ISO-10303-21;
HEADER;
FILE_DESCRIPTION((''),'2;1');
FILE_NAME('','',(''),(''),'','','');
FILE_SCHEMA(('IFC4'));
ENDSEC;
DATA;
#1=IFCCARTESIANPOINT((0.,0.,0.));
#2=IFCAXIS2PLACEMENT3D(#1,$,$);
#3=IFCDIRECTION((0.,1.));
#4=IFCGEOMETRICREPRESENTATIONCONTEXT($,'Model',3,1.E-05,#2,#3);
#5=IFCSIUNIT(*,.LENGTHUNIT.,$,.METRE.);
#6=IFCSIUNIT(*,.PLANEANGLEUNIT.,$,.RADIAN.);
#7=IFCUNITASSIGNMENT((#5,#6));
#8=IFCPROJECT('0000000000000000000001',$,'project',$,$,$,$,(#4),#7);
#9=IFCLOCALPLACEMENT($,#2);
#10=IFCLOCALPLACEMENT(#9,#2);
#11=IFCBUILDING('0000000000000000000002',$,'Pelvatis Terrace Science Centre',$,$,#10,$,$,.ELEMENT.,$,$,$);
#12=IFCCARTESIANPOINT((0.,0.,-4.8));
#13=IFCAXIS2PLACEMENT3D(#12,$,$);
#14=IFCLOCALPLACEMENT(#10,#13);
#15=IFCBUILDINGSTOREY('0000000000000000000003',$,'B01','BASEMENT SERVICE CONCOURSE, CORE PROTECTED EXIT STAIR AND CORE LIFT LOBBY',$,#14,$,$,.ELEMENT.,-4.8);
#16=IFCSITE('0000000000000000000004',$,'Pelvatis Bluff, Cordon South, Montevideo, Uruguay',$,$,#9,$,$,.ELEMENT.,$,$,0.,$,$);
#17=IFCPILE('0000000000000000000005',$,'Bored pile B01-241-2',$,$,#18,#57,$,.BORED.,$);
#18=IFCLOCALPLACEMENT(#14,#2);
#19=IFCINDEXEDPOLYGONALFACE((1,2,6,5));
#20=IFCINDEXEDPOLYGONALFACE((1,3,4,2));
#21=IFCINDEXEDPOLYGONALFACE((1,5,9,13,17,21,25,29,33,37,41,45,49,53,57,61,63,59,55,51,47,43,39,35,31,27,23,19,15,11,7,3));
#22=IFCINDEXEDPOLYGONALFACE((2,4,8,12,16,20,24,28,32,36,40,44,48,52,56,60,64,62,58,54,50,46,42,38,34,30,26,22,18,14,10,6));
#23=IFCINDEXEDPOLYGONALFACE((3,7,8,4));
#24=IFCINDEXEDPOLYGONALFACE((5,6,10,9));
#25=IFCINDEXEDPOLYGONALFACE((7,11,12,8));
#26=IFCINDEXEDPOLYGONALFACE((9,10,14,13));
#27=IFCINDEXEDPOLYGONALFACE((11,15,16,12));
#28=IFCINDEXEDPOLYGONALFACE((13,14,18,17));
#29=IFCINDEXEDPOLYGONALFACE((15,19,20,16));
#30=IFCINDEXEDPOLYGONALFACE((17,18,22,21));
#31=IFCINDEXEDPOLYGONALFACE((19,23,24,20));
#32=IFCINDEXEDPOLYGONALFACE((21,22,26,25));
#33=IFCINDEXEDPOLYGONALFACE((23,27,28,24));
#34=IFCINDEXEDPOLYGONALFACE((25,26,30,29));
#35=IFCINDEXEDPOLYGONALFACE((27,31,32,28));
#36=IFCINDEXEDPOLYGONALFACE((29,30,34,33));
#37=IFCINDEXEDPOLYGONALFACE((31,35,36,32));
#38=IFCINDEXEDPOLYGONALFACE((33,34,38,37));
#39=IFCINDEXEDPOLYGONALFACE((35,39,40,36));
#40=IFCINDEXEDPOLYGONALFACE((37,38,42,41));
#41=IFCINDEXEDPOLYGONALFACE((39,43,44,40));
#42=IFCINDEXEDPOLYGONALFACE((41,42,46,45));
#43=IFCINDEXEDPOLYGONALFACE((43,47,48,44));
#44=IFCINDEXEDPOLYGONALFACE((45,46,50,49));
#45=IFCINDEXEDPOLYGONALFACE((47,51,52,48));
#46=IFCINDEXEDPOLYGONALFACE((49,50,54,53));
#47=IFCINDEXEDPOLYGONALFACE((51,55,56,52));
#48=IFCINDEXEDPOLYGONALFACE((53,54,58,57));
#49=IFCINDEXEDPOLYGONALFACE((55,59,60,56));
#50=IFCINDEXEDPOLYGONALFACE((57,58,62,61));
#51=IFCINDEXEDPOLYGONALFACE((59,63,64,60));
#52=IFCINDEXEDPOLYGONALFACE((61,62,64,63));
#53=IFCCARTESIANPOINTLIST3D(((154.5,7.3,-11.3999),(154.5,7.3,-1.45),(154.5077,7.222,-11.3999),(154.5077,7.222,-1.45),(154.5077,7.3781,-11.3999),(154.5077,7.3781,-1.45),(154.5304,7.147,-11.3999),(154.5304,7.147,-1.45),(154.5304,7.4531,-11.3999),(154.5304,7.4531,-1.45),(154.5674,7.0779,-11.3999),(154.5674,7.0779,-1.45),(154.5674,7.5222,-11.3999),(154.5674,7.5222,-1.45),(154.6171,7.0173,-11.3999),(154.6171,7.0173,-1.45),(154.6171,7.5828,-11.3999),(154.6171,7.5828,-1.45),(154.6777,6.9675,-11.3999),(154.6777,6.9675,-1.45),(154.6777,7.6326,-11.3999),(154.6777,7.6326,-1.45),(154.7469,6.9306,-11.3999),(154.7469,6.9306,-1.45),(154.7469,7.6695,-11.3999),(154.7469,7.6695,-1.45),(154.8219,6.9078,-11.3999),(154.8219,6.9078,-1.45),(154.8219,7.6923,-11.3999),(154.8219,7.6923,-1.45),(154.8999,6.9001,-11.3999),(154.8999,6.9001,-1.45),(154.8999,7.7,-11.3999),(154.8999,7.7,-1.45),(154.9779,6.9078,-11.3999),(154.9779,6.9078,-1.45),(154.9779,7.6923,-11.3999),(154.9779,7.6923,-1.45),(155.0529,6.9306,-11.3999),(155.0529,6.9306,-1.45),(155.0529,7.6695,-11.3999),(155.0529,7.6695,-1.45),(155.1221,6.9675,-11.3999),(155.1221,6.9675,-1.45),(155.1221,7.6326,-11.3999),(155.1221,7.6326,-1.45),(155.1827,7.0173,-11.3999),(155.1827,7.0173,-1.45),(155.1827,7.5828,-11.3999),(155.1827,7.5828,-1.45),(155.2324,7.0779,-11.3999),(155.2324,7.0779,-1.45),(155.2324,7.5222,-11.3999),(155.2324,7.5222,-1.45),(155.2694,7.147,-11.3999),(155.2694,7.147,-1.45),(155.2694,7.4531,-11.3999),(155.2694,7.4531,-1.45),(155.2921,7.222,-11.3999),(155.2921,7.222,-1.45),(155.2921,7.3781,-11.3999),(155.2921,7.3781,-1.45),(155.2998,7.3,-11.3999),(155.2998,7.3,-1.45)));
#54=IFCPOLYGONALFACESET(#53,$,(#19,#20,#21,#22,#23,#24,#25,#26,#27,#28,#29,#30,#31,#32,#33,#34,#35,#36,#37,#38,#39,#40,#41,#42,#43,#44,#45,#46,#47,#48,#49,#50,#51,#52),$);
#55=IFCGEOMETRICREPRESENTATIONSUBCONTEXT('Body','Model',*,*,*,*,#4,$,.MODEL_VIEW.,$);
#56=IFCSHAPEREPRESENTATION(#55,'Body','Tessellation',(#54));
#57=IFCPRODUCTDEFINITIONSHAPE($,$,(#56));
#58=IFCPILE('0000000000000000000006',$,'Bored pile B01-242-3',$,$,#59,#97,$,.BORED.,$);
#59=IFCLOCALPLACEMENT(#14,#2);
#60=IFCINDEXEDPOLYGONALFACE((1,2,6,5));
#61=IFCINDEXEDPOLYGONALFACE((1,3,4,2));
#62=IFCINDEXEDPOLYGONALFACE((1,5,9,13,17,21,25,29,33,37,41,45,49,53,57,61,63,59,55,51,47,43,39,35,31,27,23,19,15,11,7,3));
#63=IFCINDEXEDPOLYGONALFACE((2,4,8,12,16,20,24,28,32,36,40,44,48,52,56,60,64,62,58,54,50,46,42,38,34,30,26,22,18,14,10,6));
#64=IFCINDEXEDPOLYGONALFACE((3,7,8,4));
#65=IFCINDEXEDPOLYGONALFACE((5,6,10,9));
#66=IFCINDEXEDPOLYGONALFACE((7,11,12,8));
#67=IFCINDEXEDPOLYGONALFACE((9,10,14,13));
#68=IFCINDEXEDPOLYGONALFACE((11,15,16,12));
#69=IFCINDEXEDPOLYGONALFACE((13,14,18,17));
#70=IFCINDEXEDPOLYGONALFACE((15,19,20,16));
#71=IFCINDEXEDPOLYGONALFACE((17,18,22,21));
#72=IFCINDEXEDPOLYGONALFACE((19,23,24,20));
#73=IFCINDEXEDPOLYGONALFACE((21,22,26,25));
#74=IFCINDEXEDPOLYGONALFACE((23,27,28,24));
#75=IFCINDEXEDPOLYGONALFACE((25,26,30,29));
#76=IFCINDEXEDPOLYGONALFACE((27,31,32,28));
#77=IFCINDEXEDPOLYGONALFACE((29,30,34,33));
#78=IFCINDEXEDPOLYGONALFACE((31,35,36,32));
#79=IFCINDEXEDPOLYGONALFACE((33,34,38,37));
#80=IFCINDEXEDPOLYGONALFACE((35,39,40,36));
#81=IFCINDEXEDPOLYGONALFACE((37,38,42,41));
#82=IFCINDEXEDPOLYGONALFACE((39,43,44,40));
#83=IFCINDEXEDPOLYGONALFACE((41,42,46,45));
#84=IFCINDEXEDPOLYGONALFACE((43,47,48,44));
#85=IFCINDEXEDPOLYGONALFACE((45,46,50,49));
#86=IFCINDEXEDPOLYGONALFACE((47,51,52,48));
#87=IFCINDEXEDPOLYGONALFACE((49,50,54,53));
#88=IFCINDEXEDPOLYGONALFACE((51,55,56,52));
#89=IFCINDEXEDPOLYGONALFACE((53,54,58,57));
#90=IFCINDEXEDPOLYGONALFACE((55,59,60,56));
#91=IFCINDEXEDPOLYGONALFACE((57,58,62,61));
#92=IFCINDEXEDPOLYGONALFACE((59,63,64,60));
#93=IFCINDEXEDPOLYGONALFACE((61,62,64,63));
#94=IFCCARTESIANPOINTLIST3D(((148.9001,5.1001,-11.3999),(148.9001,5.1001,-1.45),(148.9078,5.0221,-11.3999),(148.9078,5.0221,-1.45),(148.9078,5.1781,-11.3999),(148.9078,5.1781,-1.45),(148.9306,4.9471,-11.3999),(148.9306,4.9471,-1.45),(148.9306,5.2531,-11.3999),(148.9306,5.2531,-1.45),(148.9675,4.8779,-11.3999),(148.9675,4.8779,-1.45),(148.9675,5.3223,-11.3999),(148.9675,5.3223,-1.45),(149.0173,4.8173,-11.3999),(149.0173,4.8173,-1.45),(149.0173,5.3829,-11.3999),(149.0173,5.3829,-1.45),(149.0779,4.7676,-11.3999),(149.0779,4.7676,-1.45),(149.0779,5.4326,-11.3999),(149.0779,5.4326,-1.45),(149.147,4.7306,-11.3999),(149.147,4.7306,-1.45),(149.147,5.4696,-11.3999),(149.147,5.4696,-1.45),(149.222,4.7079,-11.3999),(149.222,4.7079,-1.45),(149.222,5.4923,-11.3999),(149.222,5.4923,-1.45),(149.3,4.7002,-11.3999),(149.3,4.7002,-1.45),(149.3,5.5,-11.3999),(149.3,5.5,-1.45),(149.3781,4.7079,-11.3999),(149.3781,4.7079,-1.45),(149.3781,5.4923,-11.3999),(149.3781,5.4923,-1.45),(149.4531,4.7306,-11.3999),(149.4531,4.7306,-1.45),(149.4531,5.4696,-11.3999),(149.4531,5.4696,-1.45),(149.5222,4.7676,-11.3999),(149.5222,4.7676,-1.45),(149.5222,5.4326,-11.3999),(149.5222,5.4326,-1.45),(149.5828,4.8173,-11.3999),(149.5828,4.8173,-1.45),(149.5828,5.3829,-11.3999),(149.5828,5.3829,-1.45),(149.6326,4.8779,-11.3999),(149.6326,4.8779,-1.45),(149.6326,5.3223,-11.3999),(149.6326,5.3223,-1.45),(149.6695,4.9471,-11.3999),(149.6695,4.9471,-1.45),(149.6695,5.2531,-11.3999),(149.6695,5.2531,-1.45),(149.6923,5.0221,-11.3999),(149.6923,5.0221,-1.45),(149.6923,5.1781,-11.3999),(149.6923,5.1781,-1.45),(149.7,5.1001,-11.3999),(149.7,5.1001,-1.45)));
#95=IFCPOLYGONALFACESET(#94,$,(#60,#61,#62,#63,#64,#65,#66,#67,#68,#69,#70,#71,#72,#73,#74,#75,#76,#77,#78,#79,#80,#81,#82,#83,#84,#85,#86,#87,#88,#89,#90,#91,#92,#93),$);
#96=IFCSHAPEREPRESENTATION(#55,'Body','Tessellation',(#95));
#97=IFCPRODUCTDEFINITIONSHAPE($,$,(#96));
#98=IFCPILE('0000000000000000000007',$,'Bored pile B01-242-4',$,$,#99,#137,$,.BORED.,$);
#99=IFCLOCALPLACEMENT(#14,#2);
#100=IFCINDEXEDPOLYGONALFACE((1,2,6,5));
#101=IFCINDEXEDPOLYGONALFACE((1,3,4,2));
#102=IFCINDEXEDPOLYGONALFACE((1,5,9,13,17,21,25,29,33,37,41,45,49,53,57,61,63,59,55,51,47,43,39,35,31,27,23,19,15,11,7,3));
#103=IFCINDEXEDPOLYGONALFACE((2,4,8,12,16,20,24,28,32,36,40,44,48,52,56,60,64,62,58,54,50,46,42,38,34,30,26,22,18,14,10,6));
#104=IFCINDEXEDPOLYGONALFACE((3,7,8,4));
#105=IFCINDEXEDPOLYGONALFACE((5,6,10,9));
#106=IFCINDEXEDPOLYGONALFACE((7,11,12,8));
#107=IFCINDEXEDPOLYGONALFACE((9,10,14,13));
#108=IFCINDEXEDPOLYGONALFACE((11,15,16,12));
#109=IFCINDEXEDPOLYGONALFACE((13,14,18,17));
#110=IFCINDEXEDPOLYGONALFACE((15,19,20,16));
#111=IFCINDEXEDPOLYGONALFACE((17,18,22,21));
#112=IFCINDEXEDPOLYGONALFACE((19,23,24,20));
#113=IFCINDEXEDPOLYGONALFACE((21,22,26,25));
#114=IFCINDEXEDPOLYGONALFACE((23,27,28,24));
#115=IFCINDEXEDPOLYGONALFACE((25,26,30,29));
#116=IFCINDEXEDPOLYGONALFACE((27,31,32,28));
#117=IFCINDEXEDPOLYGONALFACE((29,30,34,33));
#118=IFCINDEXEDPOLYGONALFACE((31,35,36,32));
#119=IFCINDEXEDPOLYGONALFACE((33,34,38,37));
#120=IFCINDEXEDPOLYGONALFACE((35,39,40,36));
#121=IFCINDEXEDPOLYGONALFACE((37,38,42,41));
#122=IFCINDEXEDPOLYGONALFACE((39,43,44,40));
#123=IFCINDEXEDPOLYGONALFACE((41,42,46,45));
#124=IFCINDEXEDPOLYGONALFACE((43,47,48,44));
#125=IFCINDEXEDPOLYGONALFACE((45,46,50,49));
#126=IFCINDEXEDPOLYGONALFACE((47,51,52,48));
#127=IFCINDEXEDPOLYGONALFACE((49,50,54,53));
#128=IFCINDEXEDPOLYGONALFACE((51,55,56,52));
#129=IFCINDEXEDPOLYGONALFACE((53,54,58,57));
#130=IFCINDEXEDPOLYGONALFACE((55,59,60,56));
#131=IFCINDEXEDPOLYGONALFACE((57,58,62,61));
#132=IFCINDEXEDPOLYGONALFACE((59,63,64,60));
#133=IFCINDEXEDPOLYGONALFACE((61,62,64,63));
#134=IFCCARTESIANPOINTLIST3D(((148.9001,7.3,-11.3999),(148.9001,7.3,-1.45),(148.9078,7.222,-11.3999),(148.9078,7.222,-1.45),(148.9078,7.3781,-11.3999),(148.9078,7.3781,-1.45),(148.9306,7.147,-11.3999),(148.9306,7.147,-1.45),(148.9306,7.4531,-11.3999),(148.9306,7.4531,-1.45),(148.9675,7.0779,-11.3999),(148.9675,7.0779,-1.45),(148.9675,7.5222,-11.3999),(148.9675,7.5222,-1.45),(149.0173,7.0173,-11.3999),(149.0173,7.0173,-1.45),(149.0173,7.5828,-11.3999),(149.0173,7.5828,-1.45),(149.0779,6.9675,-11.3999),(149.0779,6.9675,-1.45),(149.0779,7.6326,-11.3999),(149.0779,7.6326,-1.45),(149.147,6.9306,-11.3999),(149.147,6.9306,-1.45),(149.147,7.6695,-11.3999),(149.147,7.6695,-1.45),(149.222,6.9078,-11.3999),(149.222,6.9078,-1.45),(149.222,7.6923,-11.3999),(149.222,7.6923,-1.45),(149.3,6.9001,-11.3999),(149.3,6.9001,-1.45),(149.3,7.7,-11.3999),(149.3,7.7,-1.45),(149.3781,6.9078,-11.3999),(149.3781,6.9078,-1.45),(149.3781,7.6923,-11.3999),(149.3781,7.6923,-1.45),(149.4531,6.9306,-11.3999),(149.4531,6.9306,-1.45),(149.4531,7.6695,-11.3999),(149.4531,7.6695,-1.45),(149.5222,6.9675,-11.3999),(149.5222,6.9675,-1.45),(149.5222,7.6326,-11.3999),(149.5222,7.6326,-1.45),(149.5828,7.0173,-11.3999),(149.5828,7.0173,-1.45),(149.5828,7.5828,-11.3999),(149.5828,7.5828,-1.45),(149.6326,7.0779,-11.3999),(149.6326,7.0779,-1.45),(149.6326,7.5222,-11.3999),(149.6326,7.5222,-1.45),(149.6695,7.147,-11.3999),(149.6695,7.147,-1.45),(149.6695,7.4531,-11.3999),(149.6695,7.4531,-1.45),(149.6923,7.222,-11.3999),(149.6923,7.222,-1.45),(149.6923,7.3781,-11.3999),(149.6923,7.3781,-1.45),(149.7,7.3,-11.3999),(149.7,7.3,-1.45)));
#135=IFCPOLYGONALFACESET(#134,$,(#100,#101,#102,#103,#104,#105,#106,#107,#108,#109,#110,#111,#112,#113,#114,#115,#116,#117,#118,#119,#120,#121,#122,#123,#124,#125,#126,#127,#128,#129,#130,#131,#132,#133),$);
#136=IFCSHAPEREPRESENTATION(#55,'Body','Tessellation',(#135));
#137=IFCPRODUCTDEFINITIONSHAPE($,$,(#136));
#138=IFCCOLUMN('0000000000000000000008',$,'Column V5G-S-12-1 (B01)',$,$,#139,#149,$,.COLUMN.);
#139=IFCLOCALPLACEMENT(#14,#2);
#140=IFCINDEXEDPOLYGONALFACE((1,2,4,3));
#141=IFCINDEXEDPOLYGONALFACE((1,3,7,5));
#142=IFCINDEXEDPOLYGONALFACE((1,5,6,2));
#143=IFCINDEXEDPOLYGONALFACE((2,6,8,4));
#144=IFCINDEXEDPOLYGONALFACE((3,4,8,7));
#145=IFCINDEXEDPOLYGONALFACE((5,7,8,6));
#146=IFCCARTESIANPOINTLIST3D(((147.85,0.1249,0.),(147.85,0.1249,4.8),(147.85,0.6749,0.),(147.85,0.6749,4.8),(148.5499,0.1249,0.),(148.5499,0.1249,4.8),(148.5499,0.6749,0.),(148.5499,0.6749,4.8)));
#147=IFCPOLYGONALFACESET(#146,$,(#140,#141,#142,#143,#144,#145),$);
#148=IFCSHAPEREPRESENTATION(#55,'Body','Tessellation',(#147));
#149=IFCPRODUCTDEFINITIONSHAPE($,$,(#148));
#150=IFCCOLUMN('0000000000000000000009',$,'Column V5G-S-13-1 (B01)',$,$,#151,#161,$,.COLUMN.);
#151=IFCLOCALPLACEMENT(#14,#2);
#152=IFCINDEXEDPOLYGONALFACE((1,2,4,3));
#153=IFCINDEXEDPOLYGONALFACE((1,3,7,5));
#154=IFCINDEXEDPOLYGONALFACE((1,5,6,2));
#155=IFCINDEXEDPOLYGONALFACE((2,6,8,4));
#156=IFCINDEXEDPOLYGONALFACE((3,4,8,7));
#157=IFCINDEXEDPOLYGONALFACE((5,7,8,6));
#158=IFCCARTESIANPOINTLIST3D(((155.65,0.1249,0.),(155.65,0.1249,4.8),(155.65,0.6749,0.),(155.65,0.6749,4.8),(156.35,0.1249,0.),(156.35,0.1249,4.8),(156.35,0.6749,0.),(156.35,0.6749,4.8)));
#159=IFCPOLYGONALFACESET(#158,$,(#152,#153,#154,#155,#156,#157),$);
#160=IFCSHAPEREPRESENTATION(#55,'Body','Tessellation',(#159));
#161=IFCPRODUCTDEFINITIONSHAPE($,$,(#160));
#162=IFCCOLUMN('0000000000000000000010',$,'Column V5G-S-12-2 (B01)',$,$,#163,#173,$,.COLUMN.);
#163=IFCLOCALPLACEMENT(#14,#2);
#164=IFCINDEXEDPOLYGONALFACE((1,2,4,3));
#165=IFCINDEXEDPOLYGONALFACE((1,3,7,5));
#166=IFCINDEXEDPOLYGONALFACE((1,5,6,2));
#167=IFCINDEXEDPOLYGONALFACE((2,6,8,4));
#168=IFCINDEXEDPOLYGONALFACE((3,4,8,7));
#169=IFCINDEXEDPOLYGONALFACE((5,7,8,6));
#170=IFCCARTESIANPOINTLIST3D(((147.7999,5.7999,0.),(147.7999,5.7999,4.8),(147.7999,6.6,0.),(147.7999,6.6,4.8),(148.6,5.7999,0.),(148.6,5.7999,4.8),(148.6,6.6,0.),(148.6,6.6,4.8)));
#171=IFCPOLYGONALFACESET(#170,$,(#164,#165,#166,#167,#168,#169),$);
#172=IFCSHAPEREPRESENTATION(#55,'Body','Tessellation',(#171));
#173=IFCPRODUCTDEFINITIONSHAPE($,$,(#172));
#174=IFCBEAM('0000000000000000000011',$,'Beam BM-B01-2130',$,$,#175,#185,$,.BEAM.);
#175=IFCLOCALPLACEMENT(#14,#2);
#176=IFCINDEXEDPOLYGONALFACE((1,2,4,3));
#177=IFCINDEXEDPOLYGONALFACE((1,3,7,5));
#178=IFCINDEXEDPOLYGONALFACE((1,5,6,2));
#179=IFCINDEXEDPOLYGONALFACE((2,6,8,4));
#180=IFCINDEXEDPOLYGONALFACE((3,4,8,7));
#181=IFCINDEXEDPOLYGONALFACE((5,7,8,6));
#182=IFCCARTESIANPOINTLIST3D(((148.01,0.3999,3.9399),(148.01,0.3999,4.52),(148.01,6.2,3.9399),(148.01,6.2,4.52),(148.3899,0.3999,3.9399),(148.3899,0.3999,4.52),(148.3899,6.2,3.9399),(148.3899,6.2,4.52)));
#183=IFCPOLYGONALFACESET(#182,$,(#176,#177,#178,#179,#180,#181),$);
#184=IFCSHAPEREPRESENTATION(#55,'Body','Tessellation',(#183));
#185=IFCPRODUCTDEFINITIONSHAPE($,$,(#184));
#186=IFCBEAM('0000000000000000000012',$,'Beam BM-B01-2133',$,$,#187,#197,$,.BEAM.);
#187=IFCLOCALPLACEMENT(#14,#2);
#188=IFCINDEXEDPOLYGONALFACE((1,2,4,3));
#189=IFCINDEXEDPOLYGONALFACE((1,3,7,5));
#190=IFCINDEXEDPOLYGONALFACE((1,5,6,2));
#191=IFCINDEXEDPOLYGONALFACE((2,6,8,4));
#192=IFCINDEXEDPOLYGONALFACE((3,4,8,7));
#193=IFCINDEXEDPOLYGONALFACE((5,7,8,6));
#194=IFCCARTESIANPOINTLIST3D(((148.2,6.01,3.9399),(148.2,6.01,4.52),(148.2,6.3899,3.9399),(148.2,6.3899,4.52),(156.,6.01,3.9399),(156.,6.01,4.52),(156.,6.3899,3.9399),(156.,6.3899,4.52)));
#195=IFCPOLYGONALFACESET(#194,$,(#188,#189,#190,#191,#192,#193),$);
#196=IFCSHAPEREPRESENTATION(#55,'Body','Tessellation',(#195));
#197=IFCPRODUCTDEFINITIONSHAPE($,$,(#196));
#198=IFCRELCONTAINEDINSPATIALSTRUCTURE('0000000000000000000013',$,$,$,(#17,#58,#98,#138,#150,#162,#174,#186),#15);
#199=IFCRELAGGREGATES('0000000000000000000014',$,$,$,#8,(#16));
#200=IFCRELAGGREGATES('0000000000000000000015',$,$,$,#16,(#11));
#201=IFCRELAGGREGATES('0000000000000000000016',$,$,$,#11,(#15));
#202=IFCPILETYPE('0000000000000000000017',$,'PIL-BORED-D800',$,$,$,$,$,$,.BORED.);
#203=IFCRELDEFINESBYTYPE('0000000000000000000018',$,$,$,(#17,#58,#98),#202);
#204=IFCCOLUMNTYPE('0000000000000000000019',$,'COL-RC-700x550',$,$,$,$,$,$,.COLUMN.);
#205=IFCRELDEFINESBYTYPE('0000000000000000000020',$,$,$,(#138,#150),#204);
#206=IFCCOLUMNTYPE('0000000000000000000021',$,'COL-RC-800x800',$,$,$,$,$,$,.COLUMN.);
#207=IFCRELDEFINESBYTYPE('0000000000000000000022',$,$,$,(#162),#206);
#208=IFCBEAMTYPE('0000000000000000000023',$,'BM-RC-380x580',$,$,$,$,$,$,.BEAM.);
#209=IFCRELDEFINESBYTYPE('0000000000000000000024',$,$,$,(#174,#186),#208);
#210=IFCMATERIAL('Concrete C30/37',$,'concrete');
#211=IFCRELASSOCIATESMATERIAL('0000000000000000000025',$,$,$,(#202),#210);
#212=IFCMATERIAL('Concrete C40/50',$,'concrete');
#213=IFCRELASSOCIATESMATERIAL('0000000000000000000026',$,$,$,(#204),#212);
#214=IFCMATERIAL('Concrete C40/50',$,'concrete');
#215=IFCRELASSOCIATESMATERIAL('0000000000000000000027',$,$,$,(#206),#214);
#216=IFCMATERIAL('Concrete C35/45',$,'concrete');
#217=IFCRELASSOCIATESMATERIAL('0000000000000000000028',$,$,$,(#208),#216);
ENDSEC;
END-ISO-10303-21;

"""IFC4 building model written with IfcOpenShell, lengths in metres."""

from ifc_helpers import new_model, si_unit, direction, frame, origin, origin_2d, place, context, subcontext, project, spatial, rectangle, circle, extrude, material, material_profile, profile_set, type_object, element, save


model = new_model("IFC4")

# Units and contexts
model_context = context("Model", 3, precision=1e-05, world=origin(), true_north=direction((0.0, 1.0)))
body_context = subcontext(model_context, "Body", "Model", "MODEL_VIEW")
ifc_project = project(units=[si_unit("LENGTHUNIT", "METRE"), si_unit("PLANEANGLEUNIT", "RADIAN")], contexts=[model_context])

# Site, building, storey
site_placement = place(None, origin())
site = spatial("IfcSite", under=ifc_project, at=site_placement, Name="Pelvatis Bluff, Cordon South, Montevideo, Uruguay", CompositionType="ELEMENT", RefElevation=0.0)
building_placement = place(site_placement, origin())
building = spatial("IfcBuilding", under=site, at=building_placement, Name="Pelvatis Terrace Science Centre", CompositionType="ELEMENT")
storey_placement = place(building_placement, frame((0.0, 0.0, -4.8)))
storey = spatial("IfcBuildingStorey", under=building, at=storey_placement, Name="B01", Description="BASEMENT SERVICE CONCOURSE, CORE PROTECTED EXIT STAIR AND CORE LIFT LOBBY", CompositionType="ELEMENT", Elevation=-4.8)

# Piles
ifc_material_1 = material(Name="Concrete C30/37", Category="concrete")
ifc_material_profile_1 = material_profile(ifc_material_1, circle(Radius=0.3999, at=origin_2d()), Name="PILE D800")
ifc_profile_set_1 = profile_set([ifc_material_profile_1], Name="Concrete C30/37")
pile_type = type_object("IfcPileType", Name="PIL-BORED-D800", PredefinedType="BORED", material=ifc_profile_set_1)
for number, where, z_axis, x_axis, name in (
    (1, (154.8999, 7.3, -1.45), (0.0, 0.0, -1.0), (1.0, 0.0, 0.0), "Bored pile B01-241-2"),
    (2, (149.3, 5.1001, -1.45), (0.0, 0.0, -1.0), (1.0, 0.0, 0.0), "Bored pile B01-242-3"),
    (3, (149.3, 7.3, -1.45), (0.0, 0.0, -1.0), (1.0, 0.0, 0.0), "Bored pile B01-242-4"),
):
    element("IfcPile", number, at=place(storey_placement, frame(where, z_axis=z_axis, x_axis=x_axis)), inside=storey, type_object=pile_type, Name=name, PredefinedType="BORED", context=body_context, shape_type="SweptSolid", body=[
        extrude(circle(Radius=0.3999, at=origin_2d()), origin(), (0.0, 0.0, 1.0), 9.95),
    ])

# Columns
ifc_material_2 = material(Name="Concrete C40/50", Category="concrete")
ifc_material_profile_2 = material_profile(ifc_material_2, rectangle(XDim=0.7, YDim=0.55, at=origin_2d()), Name="RC-COL 700x550")
ifc_profile_set_2 = profile_set([ifc_material_profile_2], Name="Concrete C40/50")
column_type_1 = type_object("IfcColumnType", Name="COL-RC-700x550", PredefinedType="COLUMN", material=ifc_profile_set_2)
for number, where, z_axis, x_axis, name in (
    (4, (148.2, 0.3999, 0.0), (0.0, 0.0, 1.0), (1.0, 0.0, 0.0), "Column V5G-S-12-1 (B01)"),
    (5, (156.0, 0.3999, 0.0), (0.0, 0.0, 1.0), (1.0, 0.0, 0.0), "Column V5G-S-13-1 (B01)"),
):
    element("IfcColumn", number, at=place(storey_placement, frame(where, z_axis=z_axis, x_axis=x_axis)), inside=storey, type_object=column_type_1, Name=name, PredefinedType="COLUMN", context=body_context, shape_type="SweptSolid", body=[
        extrude(rectangle(XDim=0.7, YDim=0.55, at=origin_2d()), origin(), (0.0, 0.0, 1.0), 4.8),
    ])
ifc_material_3 = material(Name="Concrete C40/50", Category="concrete")
ifc_material_profile_3 = material_profile(ifc_material_3, rectangle(XDim=0.8, YDim=0.8, at=origin_2d()), Name="RC-COL 800x800")
ifc_profile_set_3 = profile_set([ifc_material_profile_3], Name="Concrete C40/50")
column_type_2 = type_object("IfcColumnType", Name="COL-RC-800x800", PredefinedType="COLUMN", material=ifc_profile_set_3)
column_placement = place(storey_placement, frame((148.2, 6.2, 0.0), z_axis=(0.0, 0.0, 1.0), x_axis=(1.0, 0.0, 0.0)))
element("IfcColumn", 6, at=column_placement, inside=storey, type_object=column_type_2, Name="Column V5G-S-12-2 (B01)", PredefinedType="COLUMN", context=body_context, shape_type="SweptSolid", body=[
    extrude(rectangle(XDim=0.8, YDim=0.8, at=origin_2d()), origin(), (0.0, 0.0, 1.0), 4.8),
])

# Beams
ifc_material_4 = material(Name="Concrete C35/45", Category="concrete")
ifc_material_profile_4 = material_profile(ifc_material_4, rectangle(XDim=0.3799, YDim=0.5801, at=origin_2d()), Name="RC-BM 380x580")
ifc_profile_set_4 = profile_set([ifc_material_profile_4], Name="Concrete C35/45")
beam_type_1 = type_object("IfcBeamType", Name="BM-RC-380x580", PredefinedType="BEAM", material=ifc_profile_set_4)
beam_1_placement = place(storey_placement, frame((148.2, 0.3999, 4.23), z_axis=(0.0, 1.0, 0.0), x_axis=(-1.0, 0.0, 0.0)))
element("IfcBeam", 7, at=beam_1_placement, inside=storey, type_object=beam_type_1, Name="Beam BM-B01-2130", PredefinedType="BEAM", context=body_context, shape_type="SweptSolid", body=[
    extrude(rectangle(XDim=0.3799, YDim=0.5801, at=origin_2d()), origin(), (0.0, 0.0, 1.0), 5.8),
])
beam_2_placement = place(storey_placement, frame((148.2, 6.2, 4.23), z_axis=(1.0, 0.0, 0.0), x_axis=(0.0, 1.0, 0.0)))
element("IfcBeam", 8, at=beam_2_placement, inside=storey, type_object=beam_type_1, Name="Beam BM-B01-2133", PredefinedType="BEAM", context=body_context, shape_type="SweptSolid", body=[
    extrude(rectangle(XDim=0.3799, YDim=0.5801, at=origin_2d()), origin(), (0.0, 0.0, 1.0), 7.8),
])

save(model, "model.ifc")
